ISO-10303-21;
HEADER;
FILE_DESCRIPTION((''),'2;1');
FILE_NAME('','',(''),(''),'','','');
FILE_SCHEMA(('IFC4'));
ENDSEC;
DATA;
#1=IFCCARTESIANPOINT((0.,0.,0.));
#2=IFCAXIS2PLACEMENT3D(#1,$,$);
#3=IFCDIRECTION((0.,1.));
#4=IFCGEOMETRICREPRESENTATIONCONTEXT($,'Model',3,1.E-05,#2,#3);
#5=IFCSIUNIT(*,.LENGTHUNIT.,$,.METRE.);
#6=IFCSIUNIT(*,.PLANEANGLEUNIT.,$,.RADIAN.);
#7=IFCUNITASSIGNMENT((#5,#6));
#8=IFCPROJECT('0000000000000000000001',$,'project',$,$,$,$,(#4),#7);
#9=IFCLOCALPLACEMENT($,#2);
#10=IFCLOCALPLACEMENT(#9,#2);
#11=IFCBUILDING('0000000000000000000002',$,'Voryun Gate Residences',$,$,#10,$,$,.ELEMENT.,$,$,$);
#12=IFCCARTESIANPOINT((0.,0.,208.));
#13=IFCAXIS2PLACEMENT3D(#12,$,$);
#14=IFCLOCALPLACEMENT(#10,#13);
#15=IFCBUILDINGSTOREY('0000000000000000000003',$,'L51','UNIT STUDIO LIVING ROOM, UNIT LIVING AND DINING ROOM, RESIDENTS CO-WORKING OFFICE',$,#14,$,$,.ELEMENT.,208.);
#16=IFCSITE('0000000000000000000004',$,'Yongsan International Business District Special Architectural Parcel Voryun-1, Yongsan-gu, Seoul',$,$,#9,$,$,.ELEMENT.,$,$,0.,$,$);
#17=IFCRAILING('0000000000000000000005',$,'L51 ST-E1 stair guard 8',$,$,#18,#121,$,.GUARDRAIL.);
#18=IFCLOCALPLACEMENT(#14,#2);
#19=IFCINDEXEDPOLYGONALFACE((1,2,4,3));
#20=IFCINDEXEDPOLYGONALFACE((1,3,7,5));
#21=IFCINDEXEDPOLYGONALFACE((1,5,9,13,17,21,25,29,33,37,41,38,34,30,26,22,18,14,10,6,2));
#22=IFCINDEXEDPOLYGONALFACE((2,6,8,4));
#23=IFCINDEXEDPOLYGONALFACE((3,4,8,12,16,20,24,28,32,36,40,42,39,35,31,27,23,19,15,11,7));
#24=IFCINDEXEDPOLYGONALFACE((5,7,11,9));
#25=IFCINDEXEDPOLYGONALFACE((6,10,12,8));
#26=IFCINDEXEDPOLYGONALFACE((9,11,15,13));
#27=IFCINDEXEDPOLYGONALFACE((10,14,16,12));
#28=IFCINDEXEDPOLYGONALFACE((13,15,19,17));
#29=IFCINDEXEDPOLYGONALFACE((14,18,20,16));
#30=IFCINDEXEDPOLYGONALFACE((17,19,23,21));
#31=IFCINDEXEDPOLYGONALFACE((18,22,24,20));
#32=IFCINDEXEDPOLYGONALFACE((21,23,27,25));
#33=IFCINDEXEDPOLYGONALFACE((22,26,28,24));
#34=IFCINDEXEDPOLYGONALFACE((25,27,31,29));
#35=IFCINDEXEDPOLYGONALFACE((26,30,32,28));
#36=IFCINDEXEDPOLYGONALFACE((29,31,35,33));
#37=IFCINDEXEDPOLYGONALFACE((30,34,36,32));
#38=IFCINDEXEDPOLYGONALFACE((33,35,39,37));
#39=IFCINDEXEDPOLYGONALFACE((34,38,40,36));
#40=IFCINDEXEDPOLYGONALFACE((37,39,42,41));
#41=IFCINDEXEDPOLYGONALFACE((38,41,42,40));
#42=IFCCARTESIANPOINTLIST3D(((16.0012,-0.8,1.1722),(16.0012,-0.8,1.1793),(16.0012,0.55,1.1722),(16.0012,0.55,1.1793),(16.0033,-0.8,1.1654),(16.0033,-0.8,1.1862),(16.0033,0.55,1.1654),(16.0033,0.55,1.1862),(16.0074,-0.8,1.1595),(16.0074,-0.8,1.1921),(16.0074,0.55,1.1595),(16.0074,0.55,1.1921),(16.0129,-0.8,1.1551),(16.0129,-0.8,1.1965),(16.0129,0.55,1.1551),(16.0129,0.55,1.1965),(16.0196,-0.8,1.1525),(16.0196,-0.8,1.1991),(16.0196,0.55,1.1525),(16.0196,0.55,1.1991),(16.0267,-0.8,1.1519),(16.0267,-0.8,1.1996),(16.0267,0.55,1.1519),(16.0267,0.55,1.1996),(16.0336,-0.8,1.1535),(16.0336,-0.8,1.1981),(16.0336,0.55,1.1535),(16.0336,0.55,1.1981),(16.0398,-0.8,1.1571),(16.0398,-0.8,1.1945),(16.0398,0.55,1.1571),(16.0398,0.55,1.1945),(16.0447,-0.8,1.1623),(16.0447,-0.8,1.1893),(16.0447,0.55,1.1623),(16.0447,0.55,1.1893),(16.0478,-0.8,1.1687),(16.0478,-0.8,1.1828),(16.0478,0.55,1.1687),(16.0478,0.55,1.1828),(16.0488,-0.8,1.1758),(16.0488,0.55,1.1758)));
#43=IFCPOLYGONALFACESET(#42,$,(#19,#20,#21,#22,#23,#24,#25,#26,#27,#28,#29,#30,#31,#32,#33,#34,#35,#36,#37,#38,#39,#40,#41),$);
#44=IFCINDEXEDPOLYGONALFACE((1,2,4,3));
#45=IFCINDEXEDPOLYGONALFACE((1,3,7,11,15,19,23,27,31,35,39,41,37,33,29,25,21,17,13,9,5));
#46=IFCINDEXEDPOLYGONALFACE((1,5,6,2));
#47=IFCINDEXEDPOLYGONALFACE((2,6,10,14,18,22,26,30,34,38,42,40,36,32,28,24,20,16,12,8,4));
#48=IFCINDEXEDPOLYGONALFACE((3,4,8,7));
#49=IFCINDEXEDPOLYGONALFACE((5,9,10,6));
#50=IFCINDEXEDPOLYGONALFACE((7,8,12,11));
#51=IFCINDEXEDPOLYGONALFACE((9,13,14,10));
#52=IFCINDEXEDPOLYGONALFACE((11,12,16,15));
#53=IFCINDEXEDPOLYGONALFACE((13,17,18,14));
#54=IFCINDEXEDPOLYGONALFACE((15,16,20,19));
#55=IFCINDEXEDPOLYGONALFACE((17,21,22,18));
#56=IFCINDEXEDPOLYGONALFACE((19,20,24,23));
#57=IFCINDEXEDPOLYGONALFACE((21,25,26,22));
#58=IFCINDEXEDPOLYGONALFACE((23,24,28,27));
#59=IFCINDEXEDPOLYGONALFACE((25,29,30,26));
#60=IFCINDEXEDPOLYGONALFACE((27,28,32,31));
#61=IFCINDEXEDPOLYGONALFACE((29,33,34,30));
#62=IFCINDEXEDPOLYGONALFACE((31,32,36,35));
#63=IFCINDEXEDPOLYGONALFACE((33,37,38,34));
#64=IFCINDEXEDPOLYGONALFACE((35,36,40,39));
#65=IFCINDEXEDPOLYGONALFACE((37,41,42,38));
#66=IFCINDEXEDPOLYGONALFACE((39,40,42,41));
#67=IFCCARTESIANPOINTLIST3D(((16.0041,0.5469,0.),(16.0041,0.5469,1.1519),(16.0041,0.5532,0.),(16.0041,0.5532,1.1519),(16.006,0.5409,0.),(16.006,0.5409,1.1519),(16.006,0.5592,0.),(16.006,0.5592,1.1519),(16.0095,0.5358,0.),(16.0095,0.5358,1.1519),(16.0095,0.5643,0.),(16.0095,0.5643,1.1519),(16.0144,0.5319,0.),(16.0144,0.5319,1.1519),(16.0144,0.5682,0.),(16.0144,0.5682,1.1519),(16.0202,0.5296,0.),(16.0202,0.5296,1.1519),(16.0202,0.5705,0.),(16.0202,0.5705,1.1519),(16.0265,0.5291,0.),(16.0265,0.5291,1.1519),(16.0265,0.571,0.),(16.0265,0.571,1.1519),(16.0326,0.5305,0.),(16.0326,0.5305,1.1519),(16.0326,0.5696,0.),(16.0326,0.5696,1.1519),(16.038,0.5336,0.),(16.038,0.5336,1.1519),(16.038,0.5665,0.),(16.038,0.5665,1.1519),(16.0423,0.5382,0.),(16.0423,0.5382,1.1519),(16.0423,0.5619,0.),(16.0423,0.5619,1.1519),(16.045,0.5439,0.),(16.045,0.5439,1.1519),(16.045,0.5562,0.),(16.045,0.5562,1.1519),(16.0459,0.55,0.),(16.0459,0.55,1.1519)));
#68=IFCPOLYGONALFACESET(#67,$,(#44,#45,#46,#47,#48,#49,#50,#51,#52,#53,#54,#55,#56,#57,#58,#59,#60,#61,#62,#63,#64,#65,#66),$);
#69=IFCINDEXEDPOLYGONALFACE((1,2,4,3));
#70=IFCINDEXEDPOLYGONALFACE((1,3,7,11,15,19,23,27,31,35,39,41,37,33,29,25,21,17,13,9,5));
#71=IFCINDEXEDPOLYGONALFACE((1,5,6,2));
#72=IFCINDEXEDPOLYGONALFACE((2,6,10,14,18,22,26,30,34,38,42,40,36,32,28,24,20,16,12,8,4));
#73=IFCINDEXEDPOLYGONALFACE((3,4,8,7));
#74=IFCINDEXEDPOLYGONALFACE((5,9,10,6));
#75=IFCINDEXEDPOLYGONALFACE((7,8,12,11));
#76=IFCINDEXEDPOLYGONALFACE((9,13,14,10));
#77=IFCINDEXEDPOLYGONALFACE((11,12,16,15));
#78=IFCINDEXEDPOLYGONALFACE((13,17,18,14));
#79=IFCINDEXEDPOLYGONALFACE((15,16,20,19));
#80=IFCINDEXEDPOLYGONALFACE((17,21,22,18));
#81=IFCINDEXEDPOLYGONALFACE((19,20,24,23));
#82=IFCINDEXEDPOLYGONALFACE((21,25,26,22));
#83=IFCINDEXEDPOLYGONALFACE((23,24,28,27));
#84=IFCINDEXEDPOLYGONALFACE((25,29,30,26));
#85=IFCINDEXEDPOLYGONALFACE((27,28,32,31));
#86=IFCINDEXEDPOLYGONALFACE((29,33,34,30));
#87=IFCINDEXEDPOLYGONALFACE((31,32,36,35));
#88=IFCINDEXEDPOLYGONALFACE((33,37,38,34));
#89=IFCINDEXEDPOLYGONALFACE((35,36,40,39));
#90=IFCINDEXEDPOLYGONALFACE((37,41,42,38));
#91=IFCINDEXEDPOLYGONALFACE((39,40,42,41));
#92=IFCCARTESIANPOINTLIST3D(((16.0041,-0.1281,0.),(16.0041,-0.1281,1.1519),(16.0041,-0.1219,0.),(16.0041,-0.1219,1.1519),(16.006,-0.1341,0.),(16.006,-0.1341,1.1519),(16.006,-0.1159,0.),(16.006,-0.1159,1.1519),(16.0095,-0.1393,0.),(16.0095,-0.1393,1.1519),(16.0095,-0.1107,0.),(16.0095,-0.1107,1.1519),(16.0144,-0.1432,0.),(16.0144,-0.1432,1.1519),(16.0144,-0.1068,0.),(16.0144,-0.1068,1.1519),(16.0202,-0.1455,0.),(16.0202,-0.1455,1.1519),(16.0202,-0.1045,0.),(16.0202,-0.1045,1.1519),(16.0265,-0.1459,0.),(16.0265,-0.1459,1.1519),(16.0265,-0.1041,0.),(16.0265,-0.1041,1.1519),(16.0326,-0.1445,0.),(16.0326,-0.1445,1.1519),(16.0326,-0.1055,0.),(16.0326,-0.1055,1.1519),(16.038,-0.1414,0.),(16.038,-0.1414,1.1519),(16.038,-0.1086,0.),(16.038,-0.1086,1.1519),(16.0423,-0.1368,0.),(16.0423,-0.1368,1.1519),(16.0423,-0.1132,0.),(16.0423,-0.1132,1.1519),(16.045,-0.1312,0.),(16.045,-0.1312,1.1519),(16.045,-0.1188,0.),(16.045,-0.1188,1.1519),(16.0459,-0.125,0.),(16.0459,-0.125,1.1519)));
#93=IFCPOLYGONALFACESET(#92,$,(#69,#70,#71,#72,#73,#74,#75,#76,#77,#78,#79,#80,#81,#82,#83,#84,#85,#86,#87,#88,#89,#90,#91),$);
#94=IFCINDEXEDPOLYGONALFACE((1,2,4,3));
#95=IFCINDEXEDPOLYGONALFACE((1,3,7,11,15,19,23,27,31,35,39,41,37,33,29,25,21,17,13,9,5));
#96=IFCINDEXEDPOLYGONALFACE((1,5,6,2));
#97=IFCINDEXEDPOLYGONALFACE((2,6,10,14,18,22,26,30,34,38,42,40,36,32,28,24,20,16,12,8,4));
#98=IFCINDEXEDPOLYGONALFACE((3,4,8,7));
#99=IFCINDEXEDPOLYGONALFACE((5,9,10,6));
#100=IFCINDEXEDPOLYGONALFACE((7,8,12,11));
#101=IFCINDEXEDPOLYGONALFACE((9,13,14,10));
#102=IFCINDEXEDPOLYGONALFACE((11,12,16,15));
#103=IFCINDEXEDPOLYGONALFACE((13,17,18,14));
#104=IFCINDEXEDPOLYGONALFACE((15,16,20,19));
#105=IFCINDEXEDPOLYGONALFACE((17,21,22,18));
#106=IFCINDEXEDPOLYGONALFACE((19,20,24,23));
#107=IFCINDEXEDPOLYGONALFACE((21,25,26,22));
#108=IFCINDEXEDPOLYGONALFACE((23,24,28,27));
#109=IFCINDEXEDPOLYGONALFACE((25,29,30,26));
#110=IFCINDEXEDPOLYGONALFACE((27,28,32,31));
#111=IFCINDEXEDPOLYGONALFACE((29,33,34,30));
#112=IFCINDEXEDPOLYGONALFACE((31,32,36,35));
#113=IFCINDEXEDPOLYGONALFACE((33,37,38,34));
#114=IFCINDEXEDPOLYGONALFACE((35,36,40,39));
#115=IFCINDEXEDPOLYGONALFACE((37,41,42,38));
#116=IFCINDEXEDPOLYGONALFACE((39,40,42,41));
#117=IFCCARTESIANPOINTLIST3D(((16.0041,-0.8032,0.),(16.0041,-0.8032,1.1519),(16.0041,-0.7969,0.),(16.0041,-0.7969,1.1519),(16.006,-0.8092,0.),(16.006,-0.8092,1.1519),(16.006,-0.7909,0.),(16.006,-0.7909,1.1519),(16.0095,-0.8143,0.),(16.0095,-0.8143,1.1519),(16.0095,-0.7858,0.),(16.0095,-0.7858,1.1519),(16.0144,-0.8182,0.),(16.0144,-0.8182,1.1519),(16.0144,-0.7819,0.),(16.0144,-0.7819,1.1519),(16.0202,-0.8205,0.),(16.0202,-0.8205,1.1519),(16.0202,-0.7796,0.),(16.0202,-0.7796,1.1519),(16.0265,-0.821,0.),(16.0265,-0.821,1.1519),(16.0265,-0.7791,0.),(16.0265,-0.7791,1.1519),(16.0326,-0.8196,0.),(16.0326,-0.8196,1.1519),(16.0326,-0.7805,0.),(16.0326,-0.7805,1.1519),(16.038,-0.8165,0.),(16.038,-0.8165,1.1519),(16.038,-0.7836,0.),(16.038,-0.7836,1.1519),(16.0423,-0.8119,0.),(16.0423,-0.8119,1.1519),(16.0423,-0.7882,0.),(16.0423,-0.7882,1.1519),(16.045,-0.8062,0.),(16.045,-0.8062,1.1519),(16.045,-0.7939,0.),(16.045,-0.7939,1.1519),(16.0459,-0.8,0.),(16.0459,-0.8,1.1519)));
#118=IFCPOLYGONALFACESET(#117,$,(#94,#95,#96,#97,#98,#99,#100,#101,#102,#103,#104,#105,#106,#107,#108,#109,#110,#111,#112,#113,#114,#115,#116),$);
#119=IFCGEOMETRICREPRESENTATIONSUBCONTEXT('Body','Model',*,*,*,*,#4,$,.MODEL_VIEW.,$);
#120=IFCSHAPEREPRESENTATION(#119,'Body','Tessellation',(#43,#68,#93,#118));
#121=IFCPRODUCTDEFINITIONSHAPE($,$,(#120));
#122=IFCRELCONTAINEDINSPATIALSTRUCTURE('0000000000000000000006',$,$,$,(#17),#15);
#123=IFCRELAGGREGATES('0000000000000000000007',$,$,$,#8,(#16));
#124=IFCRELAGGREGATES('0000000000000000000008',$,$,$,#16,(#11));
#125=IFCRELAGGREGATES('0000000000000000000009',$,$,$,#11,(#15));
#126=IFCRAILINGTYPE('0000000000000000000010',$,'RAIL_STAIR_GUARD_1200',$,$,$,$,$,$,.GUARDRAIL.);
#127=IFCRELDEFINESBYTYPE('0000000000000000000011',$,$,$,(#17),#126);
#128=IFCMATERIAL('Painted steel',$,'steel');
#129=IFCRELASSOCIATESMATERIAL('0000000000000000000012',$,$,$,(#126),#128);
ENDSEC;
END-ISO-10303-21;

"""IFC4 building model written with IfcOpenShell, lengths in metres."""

from ifc_helpers import new_model, si_unit, direction, frame, origin, origin_2d, place, context, subcontext, project, spatial, circle, extrude, material, type_object, element, save


model = new_model("IFC4")

# Units and contexts
model_context = context("Model", 3, precision=1e-05, world=origin(), true_north=direction((0.0, 1.0)))
body_context = subcontext(model_context, "Body", "Model", "MODEL_VIEW")
ifc_project = project(units=[si_unit("LENGTHUNIT", "METRE"), si_unit("PLANEANGLEUNIT", "RADIAN")], contexts=[model_context])

# Site, building, storey
site_placement = place(None, origin())
site = spatial("IfcSite", under=ifc_project, at=site_placement, Name="Yongsan International Business District Special Architectural Parcel Voryun-1, Yongsan-gu, Seoul", CompositionType="ELEMENT", RefElevation=0.0)
building_placement = place(site_placement, origin())
building = spatial("IfcBuilding", under=site, at=building_placement, Name="Voryun Gate Residences", CompositionType="ELEMENT")
storey_placement = place(building_placement, frame((0.0, 0.0, 208.0)))
storey = spatial("IfcBuildingStorey", under=building, at=storey_placement, Name="L51", Description="UNIT STUDIO LIVING ROOM, UNIT LIVING AND DINING ROOM, RESIDENTS CO-WORKING OFFICE", CompositionType="ELEMENT", Elevation=208.0)

# Railing
ifc_material_1 = material(Name="Painted steel", Category="steel")
railing_type_1 = type_object("IfcRailingType", Name="RAIL_STAIR_GUARD_1200", PredefinedType="GUARDRAIL", material=ifc_material_1)
railing_1_placement = place(storey_placement, frame((16.0249, 0.55, 0.0)))
element("IfcRailing", 1, at=railing_1_placement, inside=storey, type_object=railing_type_1, Name="L51 ST-E1 stair guard 8", PredefinedType="GUARDRAIL", context=body_context, shape_type="SweptSolid", body=[
    extrude(circle(Radius=0.0239, at=origin_2d()), frame((0.0, 0.0, 1.1758), z_axis=(0.0, -1.0, 0.0), x_axis=(1.0, 0.0, 0.0)), (0.0, 0.0, 1.0), 1.3501),
    extrude(circle(Radius=0.021, at=origin_2d()), origin(), (0.0, 0.0, 1.0), 1.1519),
    extrude(circle(Radius=0.021, at=origin_2d()), frame((0.0, -0.675, 0.0)), (0.0, 0.0, 1.0), 1.1519),
    extrude(circle(Radius=0.021, at=origin_2d()), frame((0.0, -1.3501, 0.0)), (0.0, 0.0, 1.0), 1.1519),
])

save(model, "model.ifc")
